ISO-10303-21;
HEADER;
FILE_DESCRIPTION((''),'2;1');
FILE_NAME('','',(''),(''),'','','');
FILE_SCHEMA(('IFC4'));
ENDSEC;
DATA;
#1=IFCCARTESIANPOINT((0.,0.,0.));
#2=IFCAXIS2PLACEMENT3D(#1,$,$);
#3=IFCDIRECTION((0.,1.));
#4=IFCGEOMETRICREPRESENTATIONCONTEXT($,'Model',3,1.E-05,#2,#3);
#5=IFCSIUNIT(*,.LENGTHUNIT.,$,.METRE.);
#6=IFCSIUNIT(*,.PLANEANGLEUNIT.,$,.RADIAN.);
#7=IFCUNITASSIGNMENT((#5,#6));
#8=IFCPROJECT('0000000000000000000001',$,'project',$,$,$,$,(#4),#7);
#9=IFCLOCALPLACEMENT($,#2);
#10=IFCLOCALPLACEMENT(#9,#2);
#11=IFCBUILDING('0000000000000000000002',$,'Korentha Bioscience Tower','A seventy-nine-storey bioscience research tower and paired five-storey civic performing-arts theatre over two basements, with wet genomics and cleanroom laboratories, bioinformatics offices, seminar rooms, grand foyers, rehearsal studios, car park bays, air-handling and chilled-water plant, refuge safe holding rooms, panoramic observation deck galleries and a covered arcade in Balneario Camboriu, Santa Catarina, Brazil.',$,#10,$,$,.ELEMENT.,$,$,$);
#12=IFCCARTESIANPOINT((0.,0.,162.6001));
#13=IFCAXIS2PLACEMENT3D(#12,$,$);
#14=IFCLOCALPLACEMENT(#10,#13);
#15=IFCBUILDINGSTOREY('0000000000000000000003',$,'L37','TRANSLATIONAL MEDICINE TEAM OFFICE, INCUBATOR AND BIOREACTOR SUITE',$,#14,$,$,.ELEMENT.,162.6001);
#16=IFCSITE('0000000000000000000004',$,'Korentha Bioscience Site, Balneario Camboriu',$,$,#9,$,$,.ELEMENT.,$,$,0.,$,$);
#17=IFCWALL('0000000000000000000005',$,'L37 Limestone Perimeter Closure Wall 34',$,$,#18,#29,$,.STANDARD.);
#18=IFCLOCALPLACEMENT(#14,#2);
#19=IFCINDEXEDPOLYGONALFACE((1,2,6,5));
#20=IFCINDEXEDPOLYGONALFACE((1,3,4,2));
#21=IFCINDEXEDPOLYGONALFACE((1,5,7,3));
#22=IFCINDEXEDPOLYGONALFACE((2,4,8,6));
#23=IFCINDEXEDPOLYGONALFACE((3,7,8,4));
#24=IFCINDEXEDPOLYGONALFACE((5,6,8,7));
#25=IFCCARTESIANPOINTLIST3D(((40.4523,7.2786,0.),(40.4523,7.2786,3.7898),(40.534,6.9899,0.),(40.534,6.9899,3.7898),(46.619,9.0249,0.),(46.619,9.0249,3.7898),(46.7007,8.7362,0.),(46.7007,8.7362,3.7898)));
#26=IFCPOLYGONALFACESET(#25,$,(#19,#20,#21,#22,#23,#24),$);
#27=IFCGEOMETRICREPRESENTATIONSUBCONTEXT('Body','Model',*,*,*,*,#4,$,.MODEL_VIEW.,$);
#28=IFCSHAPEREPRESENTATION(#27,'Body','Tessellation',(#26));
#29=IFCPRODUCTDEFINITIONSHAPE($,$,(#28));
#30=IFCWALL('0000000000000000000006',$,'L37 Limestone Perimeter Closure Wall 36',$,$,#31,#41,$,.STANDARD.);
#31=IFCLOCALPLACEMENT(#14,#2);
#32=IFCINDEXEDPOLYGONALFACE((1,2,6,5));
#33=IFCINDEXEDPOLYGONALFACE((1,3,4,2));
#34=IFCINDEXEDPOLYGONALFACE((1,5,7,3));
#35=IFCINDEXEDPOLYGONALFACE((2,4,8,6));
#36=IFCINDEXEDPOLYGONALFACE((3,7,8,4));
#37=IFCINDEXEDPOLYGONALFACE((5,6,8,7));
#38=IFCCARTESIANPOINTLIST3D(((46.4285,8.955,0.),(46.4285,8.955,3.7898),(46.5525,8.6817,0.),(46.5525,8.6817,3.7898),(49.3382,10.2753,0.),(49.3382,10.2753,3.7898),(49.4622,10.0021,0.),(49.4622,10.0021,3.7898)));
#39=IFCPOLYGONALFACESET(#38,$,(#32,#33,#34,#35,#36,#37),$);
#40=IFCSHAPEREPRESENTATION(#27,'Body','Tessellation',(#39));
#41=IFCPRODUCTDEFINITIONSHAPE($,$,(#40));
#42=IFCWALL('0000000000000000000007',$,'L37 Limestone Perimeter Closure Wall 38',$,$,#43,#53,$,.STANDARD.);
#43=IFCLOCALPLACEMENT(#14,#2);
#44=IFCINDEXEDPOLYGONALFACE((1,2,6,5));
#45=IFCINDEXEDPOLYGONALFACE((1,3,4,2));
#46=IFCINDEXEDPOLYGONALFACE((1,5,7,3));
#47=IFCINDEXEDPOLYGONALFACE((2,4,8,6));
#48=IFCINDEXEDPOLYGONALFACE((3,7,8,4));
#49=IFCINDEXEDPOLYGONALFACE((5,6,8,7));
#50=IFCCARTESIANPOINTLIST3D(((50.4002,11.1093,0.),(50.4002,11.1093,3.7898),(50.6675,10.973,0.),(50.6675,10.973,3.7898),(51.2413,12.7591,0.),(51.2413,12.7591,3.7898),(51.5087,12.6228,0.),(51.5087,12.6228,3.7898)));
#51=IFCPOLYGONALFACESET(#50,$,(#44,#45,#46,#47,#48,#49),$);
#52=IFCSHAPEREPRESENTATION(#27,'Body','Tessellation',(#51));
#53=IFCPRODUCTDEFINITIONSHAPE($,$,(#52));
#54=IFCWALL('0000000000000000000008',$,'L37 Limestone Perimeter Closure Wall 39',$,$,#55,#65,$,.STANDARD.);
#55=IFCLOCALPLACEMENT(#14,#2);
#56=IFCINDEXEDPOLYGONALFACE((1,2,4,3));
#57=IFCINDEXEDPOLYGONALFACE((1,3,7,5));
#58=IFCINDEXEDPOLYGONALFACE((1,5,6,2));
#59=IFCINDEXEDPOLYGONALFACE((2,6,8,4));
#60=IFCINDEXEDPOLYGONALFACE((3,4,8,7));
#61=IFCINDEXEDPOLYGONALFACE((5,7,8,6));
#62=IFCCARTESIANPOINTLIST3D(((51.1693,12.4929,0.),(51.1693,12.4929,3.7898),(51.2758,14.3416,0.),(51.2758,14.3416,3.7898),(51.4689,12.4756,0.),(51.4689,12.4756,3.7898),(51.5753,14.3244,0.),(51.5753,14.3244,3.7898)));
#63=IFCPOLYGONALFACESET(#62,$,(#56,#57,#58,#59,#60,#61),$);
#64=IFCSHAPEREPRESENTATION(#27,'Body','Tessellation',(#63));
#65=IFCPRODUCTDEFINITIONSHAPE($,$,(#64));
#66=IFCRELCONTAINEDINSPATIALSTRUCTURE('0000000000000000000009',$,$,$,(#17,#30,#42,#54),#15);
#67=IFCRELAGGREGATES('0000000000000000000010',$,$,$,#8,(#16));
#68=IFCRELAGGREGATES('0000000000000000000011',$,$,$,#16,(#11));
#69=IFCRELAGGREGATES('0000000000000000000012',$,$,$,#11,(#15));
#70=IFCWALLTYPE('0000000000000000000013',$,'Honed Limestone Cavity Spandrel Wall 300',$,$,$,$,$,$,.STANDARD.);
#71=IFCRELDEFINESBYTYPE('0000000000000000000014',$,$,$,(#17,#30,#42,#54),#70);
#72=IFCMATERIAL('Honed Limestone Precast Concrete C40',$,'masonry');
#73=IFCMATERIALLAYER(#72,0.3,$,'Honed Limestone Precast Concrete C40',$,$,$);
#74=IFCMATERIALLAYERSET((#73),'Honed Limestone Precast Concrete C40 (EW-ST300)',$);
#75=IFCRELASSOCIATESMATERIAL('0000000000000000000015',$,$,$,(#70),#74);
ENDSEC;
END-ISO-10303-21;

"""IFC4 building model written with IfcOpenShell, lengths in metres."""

from ifc_helpers import new_model, si_unit, direction, frame, frame_2d, origin, place, context, subcontext, project, spatial, rectangle, extrude, material, layer, layer_set, type_object, element, save


model = new_model("IFC4")

# Units and contexts
model_context = context("Model", 3, precision=1e-05, world=origin(), true_north=direction((0.0, 1.0)))
body_context = subcontext(model_context, "Body", "Model", "MODEL_VIEW")
ifc_project = project(units=[si_unit("LENGTHUNIT", "METRE"), si_unit("PLANEANGLEUNIT", "RADIAN")], contexts=[model_context])

# Site, building, storey
site_placement = place(None, origin())
site = spatial("IfcSite", under=ifc_project, at=site_placement, Name="Korentha Bioscience Site, Balneario Camboriu", CompositionType="ELEMENT", RefElevation=0.0)
building_placement = place(site_placement, origin())
building = spatial("IfcBuilding", under=site, at=building_placement, Name="Korentha Bioscience Tower", Description="A seventy-nine-storey bioscience research tower and paired five-storey civic performing-arts theatre over two basements, with wet genomics and cleanroom laboratories, bioinformatics offices, seminar rooms, grand foyers, rehearsal studios, car park bays, air-handling and chilled-water plant, refuge safe holding rooms, panoramic observation deck galleries and a covered arcade in Balneario Camboriu, Santa Catarina, Brazil.", CompositionType="ELEMENT")
storey_placement = place(building_placement, frame((0.0, 0.0, 162.6001)))
storey = spatial("IfcBuildingStorey", under=building, at=storey_placement, Name="L37", Description="TRANSLATIONAL MEDICINE TEAM OFFICE, INCUBATOR AND BIOREACTOR SUITE", CompositionType="ELEMENT", Elevation=162.6001)

# Walls
ifc_material_1 = material(Name="Honed Limestone Precast Concrete C40", Category="masonry")
ifc_layer_1 = layer(ifc_material_1, 0.3, Name="Honed Limestone Precast Concrete C40")
ifc_layer_set_1 = layer_set([ifc_layer_1], Name="Honed Limestone Precast Concrete C40 (EW-ST300)")
wall_type_1 = type_object("IfcWallType", Name="Honed Limestone Cavity Spandrel Wall 300", PredefinedType="STANDARD", material=ifc_layer_set_1)
wall_1_placement = place(storey_placement, frame((40.4932, 7.1343, 0.0), z_axis=(0.0, 0.0, 1.0), x_axis=(0.962164, 0.272472, 0.0)))
element("IfcWall", 1, at=wall_1_placement, inside=storey, type_object=wall_type_1, Name="L37 Limestone Perimeter Closure Wall 34", PredefinedType="STANDARD", context=body_context, shape_type="SweptSolid", body=[
    extrude(rectangle(XDim=6.4092, YDim=0.3, at=frame_2d((3.2046, 0.0))), origin(), (0.0, 0.0, 1.0), 3.7898),
])
wall_2_placement = place(storey_placement, frame((46.4905, 8.8184, 0.0), z_axis=(0.0, 0.0, 1.0), x_axis=(0.910633, 0.413216, 0.0)))
element("IfcWall", 2, at=wall_2_placement, inside=storey, type_object=wall_type_1, Name="L37 Limestone Perimeter Closure Wall 36", PredefinedType="STANDARD", context=body_context, shape_type="SweptSolid", body=[
    extrude(rectangle(XDim=3.1953, YDim=0.3, at=frame_2d((1.5977, 0.0))), origin(), (0.0, 0.0, 1.0), 3.7898),
])
for number, where, z_axis, x_axis, name in (
    (3, (50.5339, 11.0413, 0.0), (0.0, 0.0, 1.0), (0.454214, 0.890893, 0.0), "L37 Limestone Perimeter Closure Wall 38"),
    (4, (51.3191, 12.4844, 0.0), (0.0, 0.0, 1.0), (0.057485, 0.998346, 0.0), "L37 Limestone Perimeter Closure Wall 39"),
):
    element("IfcWall", number, at=place(storey_placement, frame(where, z_axis=z_axis, x_axis=x_axis)), inside=storey, type_object=wall_type_1, Name=name, PredefinedType="STANDARD", context=body_context, shape_type="SweptSolid", body=[
        extrude(rectangle(XDim=1.8518, YDim=0.3, at=frame_2d((0.9258, 0.0))), origin(), (0.0, 0.0, 1.0), 3.7898),
    ])

save(model, "model.ifc")
